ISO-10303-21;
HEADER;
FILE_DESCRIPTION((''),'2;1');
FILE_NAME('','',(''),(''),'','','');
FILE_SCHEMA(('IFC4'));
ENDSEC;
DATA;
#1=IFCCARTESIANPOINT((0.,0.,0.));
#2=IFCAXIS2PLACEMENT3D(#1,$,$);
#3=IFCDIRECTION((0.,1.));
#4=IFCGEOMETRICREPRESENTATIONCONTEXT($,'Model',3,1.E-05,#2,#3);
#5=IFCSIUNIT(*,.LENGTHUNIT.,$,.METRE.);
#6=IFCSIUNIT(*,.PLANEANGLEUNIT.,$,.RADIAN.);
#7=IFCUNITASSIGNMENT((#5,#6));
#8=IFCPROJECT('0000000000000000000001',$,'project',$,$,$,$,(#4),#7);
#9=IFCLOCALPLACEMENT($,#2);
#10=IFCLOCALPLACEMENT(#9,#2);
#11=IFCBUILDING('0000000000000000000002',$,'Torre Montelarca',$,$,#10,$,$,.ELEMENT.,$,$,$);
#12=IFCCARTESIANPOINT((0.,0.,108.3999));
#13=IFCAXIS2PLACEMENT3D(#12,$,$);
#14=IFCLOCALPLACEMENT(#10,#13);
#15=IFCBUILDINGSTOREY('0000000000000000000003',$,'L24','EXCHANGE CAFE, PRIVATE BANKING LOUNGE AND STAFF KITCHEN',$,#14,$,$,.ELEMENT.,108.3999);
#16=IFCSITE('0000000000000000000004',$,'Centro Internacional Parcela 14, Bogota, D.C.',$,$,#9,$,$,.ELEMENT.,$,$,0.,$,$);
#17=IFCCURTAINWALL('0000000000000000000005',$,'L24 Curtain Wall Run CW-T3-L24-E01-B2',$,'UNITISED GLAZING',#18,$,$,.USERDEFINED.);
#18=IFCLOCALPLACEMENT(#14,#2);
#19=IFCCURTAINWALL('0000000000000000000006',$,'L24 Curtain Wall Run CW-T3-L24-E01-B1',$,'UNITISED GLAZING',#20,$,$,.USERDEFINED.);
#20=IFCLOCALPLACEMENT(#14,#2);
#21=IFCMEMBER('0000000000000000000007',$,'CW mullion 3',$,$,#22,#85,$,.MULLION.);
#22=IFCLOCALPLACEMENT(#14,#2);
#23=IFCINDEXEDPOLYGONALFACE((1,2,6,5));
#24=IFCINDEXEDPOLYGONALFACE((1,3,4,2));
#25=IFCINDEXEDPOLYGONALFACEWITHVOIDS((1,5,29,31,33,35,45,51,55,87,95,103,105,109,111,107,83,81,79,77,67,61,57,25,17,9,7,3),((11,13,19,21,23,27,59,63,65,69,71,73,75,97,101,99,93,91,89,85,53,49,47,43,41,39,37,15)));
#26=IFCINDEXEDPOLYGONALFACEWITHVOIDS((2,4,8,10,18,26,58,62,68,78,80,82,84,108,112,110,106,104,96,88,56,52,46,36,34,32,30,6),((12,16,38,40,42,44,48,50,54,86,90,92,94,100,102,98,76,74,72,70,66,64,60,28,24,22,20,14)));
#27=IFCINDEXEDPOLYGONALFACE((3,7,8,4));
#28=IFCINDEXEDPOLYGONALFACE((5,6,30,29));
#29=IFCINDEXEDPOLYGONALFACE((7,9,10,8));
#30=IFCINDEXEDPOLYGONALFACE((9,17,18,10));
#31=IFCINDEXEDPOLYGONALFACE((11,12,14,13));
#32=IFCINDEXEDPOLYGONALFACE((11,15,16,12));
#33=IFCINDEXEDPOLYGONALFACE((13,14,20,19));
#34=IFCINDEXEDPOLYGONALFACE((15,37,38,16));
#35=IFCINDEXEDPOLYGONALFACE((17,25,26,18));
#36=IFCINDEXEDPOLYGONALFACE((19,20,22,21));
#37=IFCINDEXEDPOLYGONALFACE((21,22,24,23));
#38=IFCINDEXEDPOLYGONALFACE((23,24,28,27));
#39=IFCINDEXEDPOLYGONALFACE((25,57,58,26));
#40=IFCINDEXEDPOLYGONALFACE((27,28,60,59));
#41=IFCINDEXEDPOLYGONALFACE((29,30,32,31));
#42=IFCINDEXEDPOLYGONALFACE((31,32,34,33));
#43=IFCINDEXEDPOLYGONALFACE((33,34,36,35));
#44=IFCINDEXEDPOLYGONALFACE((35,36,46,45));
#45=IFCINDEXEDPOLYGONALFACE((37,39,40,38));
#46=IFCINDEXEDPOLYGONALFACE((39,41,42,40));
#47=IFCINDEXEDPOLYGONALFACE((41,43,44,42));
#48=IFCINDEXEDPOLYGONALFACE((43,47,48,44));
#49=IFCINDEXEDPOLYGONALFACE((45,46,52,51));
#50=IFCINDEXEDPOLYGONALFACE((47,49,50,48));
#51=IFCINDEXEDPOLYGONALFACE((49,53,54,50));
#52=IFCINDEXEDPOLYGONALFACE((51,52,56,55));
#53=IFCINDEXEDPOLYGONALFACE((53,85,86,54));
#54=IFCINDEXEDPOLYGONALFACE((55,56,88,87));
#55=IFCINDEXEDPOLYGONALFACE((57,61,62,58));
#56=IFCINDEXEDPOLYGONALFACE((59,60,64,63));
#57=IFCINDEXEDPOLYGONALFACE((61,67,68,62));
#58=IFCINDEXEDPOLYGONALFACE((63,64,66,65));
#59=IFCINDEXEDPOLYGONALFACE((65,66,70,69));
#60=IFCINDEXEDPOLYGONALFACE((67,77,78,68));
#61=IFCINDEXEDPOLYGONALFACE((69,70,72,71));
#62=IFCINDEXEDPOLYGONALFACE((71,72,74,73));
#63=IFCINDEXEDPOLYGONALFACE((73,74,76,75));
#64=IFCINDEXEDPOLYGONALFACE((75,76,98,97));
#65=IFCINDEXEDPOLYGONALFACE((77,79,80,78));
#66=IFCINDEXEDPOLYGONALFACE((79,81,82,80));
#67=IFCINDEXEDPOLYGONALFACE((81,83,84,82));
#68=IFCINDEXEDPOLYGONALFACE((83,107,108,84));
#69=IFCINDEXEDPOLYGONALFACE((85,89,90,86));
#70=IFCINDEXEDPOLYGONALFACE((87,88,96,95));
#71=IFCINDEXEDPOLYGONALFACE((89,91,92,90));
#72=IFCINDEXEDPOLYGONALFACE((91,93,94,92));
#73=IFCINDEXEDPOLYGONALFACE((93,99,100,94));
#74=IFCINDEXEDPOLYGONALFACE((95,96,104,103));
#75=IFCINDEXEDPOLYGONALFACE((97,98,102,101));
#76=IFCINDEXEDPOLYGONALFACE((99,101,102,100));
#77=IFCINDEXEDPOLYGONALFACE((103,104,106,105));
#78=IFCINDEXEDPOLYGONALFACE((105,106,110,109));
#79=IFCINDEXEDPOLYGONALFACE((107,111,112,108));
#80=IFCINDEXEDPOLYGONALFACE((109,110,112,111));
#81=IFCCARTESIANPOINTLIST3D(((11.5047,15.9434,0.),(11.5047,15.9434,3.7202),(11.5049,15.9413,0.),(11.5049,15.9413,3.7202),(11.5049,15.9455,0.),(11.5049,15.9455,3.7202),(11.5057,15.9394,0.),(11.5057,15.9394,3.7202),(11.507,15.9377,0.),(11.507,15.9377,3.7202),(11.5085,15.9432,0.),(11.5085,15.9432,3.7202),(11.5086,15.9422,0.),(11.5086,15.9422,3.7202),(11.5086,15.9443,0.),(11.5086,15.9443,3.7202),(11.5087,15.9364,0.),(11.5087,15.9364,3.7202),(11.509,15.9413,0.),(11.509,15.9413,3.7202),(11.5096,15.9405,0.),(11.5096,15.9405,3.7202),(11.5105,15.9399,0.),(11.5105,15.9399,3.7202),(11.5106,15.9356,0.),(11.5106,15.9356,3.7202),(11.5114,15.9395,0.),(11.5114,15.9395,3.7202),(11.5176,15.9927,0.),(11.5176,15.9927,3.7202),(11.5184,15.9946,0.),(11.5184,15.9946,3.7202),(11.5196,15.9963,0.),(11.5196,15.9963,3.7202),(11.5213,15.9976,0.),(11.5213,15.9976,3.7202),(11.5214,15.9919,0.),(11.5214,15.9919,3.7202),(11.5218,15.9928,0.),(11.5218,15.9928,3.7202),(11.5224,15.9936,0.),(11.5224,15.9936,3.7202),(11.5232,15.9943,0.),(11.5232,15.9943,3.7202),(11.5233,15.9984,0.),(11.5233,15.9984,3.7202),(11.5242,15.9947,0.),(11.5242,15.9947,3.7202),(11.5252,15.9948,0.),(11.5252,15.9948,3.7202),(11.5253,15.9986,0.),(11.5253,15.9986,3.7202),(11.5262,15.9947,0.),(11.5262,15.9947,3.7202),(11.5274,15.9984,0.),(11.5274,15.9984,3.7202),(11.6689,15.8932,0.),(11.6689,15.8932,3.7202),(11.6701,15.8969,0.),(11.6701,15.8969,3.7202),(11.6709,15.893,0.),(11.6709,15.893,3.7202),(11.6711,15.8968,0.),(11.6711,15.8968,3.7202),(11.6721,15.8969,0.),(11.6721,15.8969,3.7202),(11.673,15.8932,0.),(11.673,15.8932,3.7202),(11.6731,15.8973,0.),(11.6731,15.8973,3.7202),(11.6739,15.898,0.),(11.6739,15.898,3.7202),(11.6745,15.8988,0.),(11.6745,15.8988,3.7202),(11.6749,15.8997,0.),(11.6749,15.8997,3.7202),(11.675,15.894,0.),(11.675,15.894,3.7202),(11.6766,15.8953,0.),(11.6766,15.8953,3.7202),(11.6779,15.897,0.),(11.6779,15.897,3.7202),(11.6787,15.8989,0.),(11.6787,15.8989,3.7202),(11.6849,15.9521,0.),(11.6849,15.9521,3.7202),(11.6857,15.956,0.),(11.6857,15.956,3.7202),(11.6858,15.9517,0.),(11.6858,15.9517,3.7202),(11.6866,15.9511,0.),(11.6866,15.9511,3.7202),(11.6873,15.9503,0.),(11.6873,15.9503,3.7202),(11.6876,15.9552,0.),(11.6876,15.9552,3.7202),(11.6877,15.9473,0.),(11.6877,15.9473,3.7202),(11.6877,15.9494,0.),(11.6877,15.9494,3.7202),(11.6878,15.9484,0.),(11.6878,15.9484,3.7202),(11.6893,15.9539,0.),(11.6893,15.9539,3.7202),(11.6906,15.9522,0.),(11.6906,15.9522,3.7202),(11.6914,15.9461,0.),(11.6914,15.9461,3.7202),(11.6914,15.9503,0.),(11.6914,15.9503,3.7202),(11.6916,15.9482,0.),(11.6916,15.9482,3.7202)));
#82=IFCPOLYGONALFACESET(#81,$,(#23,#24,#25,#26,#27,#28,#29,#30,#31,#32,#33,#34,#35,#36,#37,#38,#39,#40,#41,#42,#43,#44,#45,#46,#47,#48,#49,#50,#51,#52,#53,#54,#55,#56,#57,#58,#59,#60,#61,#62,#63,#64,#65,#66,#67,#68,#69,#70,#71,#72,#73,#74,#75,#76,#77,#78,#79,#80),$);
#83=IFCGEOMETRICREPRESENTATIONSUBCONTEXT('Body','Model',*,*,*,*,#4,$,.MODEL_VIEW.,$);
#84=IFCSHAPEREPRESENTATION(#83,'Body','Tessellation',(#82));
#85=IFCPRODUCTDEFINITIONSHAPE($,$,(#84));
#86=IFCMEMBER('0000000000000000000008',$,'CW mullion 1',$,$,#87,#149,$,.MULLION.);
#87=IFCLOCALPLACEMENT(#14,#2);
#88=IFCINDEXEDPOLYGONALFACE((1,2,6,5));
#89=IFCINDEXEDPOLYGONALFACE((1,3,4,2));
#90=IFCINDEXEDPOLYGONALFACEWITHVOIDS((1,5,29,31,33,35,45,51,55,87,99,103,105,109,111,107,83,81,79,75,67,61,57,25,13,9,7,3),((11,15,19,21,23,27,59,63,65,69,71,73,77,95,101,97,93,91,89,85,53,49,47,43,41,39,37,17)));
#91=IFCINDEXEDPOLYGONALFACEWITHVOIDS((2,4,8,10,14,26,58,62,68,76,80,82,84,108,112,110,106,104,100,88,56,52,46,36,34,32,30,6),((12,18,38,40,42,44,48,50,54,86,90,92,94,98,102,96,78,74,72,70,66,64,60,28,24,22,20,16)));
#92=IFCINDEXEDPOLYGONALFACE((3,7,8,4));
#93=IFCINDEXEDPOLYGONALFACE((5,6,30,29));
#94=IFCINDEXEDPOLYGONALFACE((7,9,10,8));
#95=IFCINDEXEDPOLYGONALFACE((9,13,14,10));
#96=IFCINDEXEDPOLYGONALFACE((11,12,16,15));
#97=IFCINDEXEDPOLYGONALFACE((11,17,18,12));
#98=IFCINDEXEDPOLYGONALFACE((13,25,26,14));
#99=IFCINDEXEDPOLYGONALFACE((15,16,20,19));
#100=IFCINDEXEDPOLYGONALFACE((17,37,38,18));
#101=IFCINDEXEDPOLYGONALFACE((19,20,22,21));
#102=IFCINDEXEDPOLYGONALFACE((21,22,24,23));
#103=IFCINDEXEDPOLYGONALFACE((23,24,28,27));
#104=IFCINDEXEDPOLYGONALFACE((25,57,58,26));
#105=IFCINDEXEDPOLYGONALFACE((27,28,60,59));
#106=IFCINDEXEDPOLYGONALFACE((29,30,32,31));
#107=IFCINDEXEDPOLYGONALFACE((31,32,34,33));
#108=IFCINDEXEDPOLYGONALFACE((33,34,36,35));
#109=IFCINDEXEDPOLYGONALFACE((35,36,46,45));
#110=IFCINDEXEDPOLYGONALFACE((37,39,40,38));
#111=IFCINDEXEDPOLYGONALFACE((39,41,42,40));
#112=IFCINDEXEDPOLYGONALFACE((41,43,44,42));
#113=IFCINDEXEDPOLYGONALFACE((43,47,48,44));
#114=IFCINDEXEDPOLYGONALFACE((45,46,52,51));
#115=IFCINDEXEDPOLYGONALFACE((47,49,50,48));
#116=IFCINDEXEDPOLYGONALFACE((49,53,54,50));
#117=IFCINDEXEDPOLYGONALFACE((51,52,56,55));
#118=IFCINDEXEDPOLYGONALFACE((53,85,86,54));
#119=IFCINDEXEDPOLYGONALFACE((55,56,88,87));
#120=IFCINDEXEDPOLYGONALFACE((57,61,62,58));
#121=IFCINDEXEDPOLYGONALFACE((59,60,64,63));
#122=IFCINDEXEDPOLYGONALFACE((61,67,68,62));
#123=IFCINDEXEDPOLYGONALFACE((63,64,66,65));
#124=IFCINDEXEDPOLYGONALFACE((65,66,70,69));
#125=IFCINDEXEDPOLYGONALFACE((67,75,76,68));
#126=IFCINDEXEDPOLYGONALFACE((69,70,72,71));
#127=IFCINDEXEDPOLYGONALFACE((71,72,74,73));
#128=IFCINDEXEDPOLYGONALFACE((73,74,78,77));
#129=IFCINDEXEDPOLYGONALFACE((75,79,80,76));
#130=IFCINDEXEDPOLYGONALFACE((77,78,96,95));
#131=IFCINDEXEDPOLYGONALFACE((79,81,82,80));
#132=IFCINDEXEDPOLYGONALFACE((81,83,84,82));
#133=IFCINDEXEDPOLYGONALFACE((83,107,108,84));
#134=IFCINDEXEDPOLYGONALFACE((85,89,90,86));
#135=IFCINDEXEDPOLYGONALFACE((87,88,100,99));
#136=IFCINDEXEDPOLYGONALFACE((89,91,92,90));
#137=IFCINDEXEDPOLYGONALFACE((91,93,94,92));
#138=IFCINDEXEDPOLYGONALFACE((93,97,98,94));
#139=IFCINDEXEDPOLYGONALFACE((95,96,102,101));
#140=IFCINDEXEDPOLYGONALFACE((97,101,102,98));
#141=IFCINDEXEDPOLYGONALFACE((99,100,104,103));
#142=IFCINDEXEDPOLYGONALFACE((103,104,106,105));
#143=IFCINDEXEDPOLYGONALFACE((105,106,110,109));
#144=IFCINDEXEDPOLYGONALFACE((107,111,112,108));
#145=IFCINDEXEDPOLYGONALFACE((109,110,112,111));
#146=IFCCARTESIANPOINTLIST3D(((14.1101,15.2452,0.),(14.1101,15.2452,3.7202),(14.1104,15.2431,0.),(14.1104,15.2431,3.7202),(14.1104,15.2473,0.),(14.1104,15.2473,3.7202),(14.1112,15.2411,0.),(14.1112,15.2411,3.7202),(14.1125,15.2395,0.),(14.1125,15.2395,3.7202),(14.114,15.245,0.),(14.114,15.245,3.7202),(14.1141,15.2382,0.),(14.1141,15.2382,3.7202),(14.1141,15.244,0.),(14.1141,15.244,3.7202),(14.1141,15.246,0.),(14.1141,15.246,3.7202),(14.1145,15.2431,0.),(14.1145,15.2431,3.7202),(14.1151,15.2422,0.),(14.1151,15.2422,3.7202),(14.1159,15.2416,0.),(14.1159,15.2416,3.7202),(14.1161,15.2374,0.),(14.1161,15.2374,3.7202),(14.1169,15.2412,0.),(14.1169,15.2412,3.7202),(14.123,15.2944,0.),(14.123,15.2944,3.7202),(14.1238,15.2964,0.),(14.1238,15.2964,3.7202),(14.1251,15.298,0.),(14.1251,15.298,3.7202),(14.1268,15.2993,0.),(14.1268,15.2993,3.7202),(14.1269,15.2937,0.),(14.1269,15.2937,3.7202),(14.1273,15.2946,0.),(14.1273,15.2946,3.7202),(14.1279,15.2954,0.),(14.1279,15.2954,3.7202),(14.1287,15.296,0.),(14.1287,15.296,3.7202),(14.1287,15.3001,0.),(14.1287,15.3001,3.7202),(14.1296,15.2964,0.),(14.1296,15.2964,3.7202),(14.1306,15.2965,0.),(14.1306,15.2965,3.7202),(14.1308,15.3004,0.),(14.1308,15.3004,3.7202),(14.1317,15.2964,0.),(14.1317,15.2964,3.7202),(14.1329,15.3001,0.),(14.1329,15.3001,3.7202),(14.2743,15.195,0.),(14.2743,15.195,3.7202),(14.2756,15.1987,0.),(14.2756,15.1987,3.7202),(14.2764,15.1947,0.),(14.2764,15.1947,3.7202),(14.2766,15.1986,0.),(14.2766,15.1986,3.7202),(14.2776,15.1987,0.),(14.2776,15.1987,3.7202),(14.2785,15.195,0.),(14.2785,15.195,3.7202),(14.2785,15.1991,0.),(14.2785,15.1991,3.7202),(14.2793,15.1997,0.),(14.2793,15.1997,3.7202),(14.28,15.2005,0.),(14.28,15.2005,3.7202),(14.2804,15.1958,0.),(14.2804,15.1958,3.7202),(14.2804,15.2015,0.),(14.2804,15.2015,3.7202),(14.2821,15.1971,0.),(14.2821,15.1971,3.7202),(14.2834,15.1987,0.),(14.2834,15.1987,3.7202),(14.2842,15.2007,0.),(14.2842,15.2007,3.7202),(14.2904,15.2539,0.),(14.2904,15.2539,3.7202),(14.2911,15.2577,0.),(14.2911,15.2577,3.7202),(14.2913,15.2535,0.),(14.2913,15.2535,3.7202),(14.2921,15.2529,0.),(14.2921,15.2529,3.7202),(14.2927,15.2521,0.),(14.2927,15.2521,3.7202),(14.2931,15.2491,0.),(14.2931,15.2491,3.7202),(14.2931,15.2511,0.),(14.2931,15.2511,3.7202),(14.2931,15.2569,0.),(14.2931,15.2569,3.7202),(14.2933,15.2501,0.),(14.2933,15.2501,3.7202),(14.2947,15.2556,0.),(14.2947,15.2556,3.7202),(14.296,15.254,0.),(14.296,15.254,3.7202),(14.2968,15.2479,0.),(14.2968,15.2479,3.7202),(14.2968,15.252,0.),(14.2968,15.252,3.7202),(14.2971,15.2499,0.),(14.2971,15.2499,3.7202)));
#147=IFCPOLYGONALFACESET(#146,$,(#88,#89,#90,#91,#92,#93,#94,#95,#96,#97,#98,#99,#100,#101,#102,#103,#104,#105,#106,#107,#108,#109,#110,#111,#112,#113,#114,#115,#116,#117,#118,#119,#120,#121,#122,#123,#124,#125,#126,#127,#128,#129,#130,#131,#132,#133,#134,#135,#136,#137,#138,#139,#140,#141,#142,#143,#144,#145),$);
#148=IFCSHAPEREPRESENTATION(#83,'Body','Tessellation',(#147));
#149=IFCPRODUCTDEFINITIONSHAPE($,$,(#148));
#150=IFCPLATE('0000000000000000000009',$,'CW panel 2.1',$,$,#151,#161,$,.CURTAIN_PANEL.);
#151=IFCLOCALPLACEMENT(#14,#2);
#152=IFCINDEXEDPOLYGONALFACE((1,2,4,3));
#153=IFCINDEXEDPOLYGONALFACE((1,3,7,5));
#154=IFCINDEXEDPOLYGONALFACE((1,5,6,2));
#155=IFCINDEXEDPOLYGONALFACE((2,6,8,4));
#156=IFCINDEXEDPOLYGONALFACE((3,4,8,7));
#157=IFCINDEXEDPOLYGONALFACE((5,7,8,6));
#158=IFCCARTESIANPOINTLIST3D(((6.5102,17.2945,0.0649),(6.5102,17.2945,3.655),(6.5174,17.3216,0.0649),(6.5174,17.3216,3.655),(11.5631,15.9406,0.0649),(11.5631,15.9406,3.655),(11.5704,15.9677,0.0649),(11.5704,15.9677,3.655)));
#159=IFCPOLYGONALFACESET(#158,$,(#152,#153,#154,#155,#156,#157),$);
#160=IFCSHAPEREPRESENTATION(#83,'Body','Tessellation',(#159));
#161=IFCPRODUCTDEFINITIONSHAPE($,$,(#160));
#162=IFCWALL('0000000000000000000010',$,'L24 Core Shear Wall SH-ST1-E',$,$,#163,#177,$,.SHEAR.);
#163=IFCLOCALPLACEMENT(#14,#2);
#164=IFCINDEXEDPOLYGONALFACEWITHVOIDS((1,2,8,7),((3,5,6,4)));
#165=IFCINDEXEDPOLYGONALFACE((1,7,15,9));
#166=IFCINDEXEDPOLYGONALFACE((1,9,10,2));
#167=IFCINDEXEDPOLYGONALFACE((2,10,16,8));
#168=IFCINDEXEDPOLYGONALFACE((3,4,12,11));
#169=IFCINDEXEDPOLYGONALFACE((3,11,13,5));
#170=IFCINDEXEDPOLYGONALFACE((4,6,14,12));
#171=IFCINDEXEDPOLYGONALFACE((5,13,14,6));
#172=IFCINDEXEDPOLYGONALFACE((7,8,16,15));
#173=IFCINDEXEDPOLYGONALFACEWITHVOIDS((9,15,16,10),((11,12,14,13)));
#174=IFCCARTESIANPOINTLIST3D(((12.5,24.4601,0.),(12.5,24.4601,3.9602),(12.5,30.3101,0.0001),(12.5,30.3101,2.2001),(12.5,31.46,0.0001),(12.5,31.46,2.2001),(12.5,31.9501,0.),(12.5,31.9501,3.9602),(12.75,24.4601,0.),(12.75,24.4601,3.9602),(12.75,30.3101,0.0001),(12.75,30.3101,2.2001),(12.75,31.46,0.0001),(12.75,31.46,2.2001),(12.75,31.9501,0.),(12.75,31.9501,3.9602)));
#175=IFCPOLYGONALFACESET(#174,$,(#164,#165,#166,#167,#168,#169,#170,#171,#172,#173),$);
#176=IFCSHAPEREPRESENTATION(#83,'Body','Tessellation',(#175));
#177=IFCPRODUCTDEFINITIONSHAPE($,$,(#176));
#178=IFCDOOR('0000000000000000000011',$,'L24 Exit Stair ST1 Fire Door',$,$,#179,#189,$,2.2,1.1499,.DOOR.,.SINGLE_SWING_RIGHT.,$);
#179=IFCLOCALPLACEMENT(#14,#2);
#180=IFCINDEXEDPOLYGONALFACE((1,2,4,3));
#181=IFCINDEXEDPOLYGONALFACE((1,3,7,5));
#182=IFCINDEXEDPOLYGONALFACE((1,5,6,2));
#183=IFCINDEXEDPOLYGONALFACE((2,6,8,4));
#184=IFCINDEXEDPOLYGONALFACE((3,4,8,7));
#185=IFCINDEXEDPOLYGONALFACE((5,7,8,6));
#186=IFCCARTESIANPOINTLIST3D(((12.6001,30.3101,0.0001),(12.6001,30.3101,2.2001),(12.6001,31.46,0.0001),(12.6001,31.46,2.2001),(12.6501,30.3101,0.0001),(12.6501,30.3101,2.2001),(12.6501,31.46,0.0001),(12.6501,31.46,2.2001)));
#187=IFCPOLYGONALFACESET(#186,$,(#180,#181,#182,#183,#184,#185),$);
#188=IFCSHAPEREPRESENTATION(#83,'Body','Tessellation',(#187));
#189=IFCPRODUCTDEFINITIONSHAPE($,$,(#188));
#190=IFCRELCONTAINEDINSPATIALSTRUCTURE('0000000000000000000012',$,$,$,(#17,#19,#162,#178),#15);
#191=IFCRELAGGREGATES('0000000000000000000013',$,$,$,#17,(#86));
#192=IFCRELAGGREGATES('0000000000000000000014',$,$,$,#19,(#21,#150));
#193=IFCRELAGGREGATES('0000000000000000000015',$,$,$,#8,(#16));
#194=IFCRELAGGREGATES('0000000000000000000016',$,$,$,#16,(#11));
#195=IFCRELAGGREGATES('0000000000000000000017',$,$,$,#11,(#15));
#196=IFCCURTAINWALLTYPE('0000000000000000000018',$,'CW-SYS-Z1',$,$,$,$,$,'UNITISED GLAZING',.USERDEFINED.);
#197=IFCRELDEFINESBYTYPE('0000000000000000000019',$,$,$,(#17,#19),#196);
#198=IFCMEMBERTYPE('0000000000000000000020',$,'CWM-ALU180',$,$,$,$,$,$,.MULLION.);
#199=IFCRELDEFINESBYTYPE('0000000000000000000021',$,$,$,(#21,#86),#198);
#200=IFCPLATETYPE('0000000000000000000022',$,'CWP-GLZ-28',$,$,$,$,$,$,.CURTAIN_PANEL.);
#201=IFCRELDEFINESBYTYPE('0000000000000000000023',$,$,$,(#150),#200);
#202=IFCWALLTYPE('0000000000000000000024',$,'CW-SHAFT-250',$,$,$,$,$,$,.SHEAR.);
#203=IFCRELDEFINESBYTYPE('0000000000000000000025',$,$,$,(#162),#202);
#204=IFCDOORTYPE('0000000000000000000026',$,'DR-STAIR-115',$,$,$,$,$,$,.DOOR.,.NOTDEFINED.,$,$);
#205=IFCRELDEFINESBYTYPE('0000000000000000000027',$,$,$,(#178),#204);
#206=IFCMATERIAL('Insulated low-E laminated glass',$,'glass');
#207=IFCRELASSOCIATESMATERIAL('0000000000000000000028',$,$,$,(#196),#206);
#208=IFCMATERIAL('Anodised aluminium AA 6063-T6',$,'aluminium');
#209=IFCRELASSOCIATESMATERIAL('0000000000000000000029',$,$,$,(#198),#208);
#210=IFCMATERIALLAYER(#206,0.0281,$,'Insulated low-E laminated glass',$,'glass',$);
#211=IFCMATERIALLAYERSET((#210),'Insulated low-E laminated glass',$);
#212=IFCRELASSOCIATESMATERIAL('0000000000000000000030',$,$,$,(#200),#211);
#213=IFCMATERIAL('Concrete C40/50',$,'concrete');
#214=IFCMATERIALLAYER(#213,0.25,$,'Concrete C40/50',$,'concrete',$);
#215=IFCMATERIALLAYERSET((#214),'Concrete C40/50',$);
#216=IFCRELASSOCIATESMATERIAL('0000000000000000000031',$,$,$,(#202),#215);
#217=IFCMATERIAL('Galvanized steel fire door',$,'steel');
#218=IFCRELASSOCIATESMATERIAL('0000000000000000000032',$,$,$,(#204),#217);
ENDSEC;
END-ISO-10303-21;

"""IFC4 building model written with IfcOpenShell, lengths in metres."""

from ifc_helpers import new_model, si_unit, direction, frame, frame_2d, origin, origin_2d, place, context, subcontext, project, spatial, rectangle, hollow_rectangle, extrude, source, transform, mapped, material, layer, layer_set, material_profile, profile_set, type_object, element, fill, aggregate, save


model = new_model("IFC4")

# Units and contexts
model_context = context("Model", 3, precision=1e-05, world=origin(), true_north=direction((0.0, 1.0)))
body_context = subcontext(model_context, "Body", "Model", "MODEL_VIEW")
ifc_project = project(units=[si_unit("LENGTHUNIT", "METRE"), si_unit("PLANEANGLEUNIT", "RADIAN")], contexts=[model_context])

# Site, building, storey
site_placement = place(None, origin())
site = spatial("IfcSite", under=ifc_project, at=site_placement, Name="Centro Internacional Parcela 14, Bogota, D.C.", CompositionType="ELEMENT", RefElevation=0.0)
building_placement = place(site_placement, origin())
building = spatial("IfcBuilding", under=site, at=building_placement, Name="Torre Montelarca", CompositionType="ELEMENT")
storey_placement = place(building_placement, frame((0.0, 0.0, 108.3999)))
storey = spatial("IfcBuildingStorey", under=building, at=storey_placement, Name="L24", Description="EXCHANGE CAFE, PRIVATE BANKING LOUNGE AND STAFF KITCHEN", CompositionType="ELEMENT", Elevation=108.3999)

# Curtain wall
ifc_material_1 = material(Name="Insulated low-E laminated glass", Category="glass")
curtain_wall_type = type_object("IfcCurtainWallType", Name="CW-SYS-Z1", ElementType="UNITISED GLAZING", PredefinedType="USERDEFINED", material=ifc_material_1)
curtain_wall_1_placement = place(storey_placement, origin())
curtain_wall_1 = element("IfcCurtainWall", 1, at=curtain_wall_1_placement, inside=storey, type_object=curtain_wall_type, Name="L24 Curtain Wall Run CW-T3-L24-E01-B2", ObjectType="UNITISED GLAZING", PredefinedType="USERDEFINED")
ifc_material_2 = material(Name="Anodised aluminium AA 6063-T6", Category="aluminium")

# Curtain wall, member
curtain_wall_2_placement = place(storey_placement, origin())
curtain_wall_2 = element("IfcCurtainWall", 2, at=curtain_wall_2_placement, inside=storey, type_object=curtain_wall_type, Name="L24 Curtain Wall Run CW-T3-L24-E01-B1", ObjectType="UNITISED GLAZING", PredefinedType="USERDEFINED")
ifc_material_profile_1 = material_profile(ifc_material_2, hollow_rectangle(XDim=0.0649, YDim=0.1799, WallThickness=0.0039, InnerFilletRadius=0.0039, OuterFilletRadius=0.0081, at=origin_2d()), Name="ALU65X180X4", Category="aluminium")
ifc_profile_set_1 = profile_set([ifc_material_profile_1], Name="Anodised aluminium AA 6063-T6")
member_type_1 = type_object("IfcMemberType", Name="CWM-ALU180", PredefinedType="MULLION", material=ifc_profile_set_1)
shared_shape_1 = source(origin(), body_context, "Body", "SweptSolid", [
    extrude(hollow_rectangle(XDim=0.0649, YDim=0.1799, WallThickness=0.0039, InnerFilletRadius=0.0039, OuterFilletRadius=0.0081, at=origin_2d()), origin(), (0.0, 0.0, 1.0), 3.7202),
])
member_1_placement = place(storey_placement, frame((11.5981, 15.9458, 0.0), z_axis=(0.0, 0.0, 1.0), x_axis=(0.258819, 0.965926, 0.0)))
member_1 = element("IfcMember", 3, at=member_1_placement, type_object=member_type_1, Name="CW mullion 3", PredefinedType="MULLION", context=body_context, shape_type="MappedRepresentation", body=[
    mapped(shared_shape_1, transform((0.0, 0.0, 0.0), scale=1.0)),
])

# Member
member_2_placement = place(storey_placement, frame((14.2036, 15.2476, 0.0), z_axis=(0.0, 0.0, 1.0), x_axis=(0.258823, 0.965925, 0.0)))
member_2 = element("IfcMember", 4, at=member_2_placement, type_object=member_type_1, Name="CW mullion 1", PredefinedType="MULLION", context=body_context, shape_type="MappedRepresentation", body=[
    mapped(shared_shape_1, transform((0.0, 0.0, 0.0), scale=1.0)),
])
aggregate(curtain_wall_1, [member_2])

# Plate
ifc_layer_1 = layer(ifc_material_1, 0.0281, Name="Insulated low-E laminated glass", Category="glass")
ifc_layer_set_1 = layer_set([ifc_layer_1], Name="Insulated low-E laminated glass")
plate_type = type_object("IfcPlateType", Name="CWP-GLZ-28", PredefinedType="CURTAIN_PANEL", material=ifc_layer_set_1)
shared_shape_2 = source(origin(), body_context, "Body", "SweptSolid", [
    extrude(rectangle(XDim=5.2312, YDim=0.0281, at=origin_2d()), origin(), (0.0, 0.0, 1.0), 3.5901),
])
plate_placement = place(storey_placement, frame((9.0403, 16.6311, 0.0649), z_axis=(0.0, 0.0, 1.0), x_axis=(0.965926, -0.258819, 0.0)))
plate = element("IfcPlate", 5, at=plate_placement, type_object=plate_type, Name="CW panel 2.1", PredefinedType="CURTAIN_PANEL", context=body_context, shape_type="MappedRepresentation", body=[
    mapped(shared_shape_2, transform((0.0, 0.0, 0.0), scale=1.0)),
])
aggregate(curtain_wall_2, [member_1, plate])

# Wall, opening, door
ifc_material_3 = material(Name="Concrete C40/50", Category="concrete")
ifc_layer_2 = layer(ifc_material_3, 0.25, Name="Concrete C40/50", Category="concrete")
ifc_layer_set_2 = layer_set([ifc_layer_2], Name="Concrete C40/50")
wall_type_1 = type_object("IfcWallType", Name="CW-SHAFT-250", PredefinedType="SHEAR", material=ifc_layer_set_2)
wall_1_placement = place(storey_placement, frame((12.625, 24.46, 0.0), z_axis=(0.0, 0.0, 1.0), x_axis=(0.0, 1.0, 0.0)))
wall_1 = element("IfcWall", 6, at=wall_1_placement, inside=storey, type_object=wall_type_1, Name="L24 Core Shear Wall SH-ST1-E", PredefinedType="SHEAR", context=body_context, shape_type="SweptSolid", body=[
    extrude(rectangle(XDim=7.49, YDim=0.25, at=frame_2d((3.7451, 0.0))), origin(), (0.0, 0.0, 1.0), 3.9602),
])
opening_1_placement = place(wall_1_placement, frame((5.8501, 0.0, 0.0)))
opening_1 = element("IfcOpeningElement", 7, at=opening_1_placement, cuts=wall_1, PredefinedType="OPENING", context=body_context, shape_type="SweptSolid", body=[
    extrude(rectangle(XDim=1.1499, YDim=2.2, at=frame_2d((0.575, 1.1001))), frame((0.0, 0.135, 0.0), z_axis=(0.0, -1.0, 0.0), x_axis=(1.0, 0.0, 0.0)), (0.0, 0.0, 1.0), 0.27),
])
ifc_material_4 = material(Name="Galvanized steel fire door", Category="steel")
door_type = type_object("IfcDoorType", Name="DR-STAIR-115", OperationType="NOTDEFINED", PredefinedType="DOOR", material=ifc_material_4)
shared_shape_3 = source(origin(), body_context, "Body", "SweptSolid", [
    extrude(rectangle(XDim=1.1499, YDim=2.2, at=frame_2d((0.575, 1.1001))), frame((0.0, 0.0249, 0.0), z_axis=(0.0, -1.0, 0.0), x_axis=(1.0, 0.0, 0.0)), (0.0, 0.0, 1.0), 0.05),
])
door_1_placement = place(opening_1_placement, origin())
door_1 = element("IfcDoor", 8, at=door_1_placement, inside=storey, type_object=door_type, Name="L24 Exit Stair ST1 Fire Door", OperationType="SINGLE_SWING_RIGHT", OverallHeight=2.2, OverallWidth=1.1499, PredefinedType="DOOR", context=body_context, shape_type="MappedRepresentation", body=[
    mapped(shared_shape_3, transform((0.0, 0.0, 0.0), scale=1.0)),
])
fill(opening_1, door_1)

save(model, "model.ifc")
